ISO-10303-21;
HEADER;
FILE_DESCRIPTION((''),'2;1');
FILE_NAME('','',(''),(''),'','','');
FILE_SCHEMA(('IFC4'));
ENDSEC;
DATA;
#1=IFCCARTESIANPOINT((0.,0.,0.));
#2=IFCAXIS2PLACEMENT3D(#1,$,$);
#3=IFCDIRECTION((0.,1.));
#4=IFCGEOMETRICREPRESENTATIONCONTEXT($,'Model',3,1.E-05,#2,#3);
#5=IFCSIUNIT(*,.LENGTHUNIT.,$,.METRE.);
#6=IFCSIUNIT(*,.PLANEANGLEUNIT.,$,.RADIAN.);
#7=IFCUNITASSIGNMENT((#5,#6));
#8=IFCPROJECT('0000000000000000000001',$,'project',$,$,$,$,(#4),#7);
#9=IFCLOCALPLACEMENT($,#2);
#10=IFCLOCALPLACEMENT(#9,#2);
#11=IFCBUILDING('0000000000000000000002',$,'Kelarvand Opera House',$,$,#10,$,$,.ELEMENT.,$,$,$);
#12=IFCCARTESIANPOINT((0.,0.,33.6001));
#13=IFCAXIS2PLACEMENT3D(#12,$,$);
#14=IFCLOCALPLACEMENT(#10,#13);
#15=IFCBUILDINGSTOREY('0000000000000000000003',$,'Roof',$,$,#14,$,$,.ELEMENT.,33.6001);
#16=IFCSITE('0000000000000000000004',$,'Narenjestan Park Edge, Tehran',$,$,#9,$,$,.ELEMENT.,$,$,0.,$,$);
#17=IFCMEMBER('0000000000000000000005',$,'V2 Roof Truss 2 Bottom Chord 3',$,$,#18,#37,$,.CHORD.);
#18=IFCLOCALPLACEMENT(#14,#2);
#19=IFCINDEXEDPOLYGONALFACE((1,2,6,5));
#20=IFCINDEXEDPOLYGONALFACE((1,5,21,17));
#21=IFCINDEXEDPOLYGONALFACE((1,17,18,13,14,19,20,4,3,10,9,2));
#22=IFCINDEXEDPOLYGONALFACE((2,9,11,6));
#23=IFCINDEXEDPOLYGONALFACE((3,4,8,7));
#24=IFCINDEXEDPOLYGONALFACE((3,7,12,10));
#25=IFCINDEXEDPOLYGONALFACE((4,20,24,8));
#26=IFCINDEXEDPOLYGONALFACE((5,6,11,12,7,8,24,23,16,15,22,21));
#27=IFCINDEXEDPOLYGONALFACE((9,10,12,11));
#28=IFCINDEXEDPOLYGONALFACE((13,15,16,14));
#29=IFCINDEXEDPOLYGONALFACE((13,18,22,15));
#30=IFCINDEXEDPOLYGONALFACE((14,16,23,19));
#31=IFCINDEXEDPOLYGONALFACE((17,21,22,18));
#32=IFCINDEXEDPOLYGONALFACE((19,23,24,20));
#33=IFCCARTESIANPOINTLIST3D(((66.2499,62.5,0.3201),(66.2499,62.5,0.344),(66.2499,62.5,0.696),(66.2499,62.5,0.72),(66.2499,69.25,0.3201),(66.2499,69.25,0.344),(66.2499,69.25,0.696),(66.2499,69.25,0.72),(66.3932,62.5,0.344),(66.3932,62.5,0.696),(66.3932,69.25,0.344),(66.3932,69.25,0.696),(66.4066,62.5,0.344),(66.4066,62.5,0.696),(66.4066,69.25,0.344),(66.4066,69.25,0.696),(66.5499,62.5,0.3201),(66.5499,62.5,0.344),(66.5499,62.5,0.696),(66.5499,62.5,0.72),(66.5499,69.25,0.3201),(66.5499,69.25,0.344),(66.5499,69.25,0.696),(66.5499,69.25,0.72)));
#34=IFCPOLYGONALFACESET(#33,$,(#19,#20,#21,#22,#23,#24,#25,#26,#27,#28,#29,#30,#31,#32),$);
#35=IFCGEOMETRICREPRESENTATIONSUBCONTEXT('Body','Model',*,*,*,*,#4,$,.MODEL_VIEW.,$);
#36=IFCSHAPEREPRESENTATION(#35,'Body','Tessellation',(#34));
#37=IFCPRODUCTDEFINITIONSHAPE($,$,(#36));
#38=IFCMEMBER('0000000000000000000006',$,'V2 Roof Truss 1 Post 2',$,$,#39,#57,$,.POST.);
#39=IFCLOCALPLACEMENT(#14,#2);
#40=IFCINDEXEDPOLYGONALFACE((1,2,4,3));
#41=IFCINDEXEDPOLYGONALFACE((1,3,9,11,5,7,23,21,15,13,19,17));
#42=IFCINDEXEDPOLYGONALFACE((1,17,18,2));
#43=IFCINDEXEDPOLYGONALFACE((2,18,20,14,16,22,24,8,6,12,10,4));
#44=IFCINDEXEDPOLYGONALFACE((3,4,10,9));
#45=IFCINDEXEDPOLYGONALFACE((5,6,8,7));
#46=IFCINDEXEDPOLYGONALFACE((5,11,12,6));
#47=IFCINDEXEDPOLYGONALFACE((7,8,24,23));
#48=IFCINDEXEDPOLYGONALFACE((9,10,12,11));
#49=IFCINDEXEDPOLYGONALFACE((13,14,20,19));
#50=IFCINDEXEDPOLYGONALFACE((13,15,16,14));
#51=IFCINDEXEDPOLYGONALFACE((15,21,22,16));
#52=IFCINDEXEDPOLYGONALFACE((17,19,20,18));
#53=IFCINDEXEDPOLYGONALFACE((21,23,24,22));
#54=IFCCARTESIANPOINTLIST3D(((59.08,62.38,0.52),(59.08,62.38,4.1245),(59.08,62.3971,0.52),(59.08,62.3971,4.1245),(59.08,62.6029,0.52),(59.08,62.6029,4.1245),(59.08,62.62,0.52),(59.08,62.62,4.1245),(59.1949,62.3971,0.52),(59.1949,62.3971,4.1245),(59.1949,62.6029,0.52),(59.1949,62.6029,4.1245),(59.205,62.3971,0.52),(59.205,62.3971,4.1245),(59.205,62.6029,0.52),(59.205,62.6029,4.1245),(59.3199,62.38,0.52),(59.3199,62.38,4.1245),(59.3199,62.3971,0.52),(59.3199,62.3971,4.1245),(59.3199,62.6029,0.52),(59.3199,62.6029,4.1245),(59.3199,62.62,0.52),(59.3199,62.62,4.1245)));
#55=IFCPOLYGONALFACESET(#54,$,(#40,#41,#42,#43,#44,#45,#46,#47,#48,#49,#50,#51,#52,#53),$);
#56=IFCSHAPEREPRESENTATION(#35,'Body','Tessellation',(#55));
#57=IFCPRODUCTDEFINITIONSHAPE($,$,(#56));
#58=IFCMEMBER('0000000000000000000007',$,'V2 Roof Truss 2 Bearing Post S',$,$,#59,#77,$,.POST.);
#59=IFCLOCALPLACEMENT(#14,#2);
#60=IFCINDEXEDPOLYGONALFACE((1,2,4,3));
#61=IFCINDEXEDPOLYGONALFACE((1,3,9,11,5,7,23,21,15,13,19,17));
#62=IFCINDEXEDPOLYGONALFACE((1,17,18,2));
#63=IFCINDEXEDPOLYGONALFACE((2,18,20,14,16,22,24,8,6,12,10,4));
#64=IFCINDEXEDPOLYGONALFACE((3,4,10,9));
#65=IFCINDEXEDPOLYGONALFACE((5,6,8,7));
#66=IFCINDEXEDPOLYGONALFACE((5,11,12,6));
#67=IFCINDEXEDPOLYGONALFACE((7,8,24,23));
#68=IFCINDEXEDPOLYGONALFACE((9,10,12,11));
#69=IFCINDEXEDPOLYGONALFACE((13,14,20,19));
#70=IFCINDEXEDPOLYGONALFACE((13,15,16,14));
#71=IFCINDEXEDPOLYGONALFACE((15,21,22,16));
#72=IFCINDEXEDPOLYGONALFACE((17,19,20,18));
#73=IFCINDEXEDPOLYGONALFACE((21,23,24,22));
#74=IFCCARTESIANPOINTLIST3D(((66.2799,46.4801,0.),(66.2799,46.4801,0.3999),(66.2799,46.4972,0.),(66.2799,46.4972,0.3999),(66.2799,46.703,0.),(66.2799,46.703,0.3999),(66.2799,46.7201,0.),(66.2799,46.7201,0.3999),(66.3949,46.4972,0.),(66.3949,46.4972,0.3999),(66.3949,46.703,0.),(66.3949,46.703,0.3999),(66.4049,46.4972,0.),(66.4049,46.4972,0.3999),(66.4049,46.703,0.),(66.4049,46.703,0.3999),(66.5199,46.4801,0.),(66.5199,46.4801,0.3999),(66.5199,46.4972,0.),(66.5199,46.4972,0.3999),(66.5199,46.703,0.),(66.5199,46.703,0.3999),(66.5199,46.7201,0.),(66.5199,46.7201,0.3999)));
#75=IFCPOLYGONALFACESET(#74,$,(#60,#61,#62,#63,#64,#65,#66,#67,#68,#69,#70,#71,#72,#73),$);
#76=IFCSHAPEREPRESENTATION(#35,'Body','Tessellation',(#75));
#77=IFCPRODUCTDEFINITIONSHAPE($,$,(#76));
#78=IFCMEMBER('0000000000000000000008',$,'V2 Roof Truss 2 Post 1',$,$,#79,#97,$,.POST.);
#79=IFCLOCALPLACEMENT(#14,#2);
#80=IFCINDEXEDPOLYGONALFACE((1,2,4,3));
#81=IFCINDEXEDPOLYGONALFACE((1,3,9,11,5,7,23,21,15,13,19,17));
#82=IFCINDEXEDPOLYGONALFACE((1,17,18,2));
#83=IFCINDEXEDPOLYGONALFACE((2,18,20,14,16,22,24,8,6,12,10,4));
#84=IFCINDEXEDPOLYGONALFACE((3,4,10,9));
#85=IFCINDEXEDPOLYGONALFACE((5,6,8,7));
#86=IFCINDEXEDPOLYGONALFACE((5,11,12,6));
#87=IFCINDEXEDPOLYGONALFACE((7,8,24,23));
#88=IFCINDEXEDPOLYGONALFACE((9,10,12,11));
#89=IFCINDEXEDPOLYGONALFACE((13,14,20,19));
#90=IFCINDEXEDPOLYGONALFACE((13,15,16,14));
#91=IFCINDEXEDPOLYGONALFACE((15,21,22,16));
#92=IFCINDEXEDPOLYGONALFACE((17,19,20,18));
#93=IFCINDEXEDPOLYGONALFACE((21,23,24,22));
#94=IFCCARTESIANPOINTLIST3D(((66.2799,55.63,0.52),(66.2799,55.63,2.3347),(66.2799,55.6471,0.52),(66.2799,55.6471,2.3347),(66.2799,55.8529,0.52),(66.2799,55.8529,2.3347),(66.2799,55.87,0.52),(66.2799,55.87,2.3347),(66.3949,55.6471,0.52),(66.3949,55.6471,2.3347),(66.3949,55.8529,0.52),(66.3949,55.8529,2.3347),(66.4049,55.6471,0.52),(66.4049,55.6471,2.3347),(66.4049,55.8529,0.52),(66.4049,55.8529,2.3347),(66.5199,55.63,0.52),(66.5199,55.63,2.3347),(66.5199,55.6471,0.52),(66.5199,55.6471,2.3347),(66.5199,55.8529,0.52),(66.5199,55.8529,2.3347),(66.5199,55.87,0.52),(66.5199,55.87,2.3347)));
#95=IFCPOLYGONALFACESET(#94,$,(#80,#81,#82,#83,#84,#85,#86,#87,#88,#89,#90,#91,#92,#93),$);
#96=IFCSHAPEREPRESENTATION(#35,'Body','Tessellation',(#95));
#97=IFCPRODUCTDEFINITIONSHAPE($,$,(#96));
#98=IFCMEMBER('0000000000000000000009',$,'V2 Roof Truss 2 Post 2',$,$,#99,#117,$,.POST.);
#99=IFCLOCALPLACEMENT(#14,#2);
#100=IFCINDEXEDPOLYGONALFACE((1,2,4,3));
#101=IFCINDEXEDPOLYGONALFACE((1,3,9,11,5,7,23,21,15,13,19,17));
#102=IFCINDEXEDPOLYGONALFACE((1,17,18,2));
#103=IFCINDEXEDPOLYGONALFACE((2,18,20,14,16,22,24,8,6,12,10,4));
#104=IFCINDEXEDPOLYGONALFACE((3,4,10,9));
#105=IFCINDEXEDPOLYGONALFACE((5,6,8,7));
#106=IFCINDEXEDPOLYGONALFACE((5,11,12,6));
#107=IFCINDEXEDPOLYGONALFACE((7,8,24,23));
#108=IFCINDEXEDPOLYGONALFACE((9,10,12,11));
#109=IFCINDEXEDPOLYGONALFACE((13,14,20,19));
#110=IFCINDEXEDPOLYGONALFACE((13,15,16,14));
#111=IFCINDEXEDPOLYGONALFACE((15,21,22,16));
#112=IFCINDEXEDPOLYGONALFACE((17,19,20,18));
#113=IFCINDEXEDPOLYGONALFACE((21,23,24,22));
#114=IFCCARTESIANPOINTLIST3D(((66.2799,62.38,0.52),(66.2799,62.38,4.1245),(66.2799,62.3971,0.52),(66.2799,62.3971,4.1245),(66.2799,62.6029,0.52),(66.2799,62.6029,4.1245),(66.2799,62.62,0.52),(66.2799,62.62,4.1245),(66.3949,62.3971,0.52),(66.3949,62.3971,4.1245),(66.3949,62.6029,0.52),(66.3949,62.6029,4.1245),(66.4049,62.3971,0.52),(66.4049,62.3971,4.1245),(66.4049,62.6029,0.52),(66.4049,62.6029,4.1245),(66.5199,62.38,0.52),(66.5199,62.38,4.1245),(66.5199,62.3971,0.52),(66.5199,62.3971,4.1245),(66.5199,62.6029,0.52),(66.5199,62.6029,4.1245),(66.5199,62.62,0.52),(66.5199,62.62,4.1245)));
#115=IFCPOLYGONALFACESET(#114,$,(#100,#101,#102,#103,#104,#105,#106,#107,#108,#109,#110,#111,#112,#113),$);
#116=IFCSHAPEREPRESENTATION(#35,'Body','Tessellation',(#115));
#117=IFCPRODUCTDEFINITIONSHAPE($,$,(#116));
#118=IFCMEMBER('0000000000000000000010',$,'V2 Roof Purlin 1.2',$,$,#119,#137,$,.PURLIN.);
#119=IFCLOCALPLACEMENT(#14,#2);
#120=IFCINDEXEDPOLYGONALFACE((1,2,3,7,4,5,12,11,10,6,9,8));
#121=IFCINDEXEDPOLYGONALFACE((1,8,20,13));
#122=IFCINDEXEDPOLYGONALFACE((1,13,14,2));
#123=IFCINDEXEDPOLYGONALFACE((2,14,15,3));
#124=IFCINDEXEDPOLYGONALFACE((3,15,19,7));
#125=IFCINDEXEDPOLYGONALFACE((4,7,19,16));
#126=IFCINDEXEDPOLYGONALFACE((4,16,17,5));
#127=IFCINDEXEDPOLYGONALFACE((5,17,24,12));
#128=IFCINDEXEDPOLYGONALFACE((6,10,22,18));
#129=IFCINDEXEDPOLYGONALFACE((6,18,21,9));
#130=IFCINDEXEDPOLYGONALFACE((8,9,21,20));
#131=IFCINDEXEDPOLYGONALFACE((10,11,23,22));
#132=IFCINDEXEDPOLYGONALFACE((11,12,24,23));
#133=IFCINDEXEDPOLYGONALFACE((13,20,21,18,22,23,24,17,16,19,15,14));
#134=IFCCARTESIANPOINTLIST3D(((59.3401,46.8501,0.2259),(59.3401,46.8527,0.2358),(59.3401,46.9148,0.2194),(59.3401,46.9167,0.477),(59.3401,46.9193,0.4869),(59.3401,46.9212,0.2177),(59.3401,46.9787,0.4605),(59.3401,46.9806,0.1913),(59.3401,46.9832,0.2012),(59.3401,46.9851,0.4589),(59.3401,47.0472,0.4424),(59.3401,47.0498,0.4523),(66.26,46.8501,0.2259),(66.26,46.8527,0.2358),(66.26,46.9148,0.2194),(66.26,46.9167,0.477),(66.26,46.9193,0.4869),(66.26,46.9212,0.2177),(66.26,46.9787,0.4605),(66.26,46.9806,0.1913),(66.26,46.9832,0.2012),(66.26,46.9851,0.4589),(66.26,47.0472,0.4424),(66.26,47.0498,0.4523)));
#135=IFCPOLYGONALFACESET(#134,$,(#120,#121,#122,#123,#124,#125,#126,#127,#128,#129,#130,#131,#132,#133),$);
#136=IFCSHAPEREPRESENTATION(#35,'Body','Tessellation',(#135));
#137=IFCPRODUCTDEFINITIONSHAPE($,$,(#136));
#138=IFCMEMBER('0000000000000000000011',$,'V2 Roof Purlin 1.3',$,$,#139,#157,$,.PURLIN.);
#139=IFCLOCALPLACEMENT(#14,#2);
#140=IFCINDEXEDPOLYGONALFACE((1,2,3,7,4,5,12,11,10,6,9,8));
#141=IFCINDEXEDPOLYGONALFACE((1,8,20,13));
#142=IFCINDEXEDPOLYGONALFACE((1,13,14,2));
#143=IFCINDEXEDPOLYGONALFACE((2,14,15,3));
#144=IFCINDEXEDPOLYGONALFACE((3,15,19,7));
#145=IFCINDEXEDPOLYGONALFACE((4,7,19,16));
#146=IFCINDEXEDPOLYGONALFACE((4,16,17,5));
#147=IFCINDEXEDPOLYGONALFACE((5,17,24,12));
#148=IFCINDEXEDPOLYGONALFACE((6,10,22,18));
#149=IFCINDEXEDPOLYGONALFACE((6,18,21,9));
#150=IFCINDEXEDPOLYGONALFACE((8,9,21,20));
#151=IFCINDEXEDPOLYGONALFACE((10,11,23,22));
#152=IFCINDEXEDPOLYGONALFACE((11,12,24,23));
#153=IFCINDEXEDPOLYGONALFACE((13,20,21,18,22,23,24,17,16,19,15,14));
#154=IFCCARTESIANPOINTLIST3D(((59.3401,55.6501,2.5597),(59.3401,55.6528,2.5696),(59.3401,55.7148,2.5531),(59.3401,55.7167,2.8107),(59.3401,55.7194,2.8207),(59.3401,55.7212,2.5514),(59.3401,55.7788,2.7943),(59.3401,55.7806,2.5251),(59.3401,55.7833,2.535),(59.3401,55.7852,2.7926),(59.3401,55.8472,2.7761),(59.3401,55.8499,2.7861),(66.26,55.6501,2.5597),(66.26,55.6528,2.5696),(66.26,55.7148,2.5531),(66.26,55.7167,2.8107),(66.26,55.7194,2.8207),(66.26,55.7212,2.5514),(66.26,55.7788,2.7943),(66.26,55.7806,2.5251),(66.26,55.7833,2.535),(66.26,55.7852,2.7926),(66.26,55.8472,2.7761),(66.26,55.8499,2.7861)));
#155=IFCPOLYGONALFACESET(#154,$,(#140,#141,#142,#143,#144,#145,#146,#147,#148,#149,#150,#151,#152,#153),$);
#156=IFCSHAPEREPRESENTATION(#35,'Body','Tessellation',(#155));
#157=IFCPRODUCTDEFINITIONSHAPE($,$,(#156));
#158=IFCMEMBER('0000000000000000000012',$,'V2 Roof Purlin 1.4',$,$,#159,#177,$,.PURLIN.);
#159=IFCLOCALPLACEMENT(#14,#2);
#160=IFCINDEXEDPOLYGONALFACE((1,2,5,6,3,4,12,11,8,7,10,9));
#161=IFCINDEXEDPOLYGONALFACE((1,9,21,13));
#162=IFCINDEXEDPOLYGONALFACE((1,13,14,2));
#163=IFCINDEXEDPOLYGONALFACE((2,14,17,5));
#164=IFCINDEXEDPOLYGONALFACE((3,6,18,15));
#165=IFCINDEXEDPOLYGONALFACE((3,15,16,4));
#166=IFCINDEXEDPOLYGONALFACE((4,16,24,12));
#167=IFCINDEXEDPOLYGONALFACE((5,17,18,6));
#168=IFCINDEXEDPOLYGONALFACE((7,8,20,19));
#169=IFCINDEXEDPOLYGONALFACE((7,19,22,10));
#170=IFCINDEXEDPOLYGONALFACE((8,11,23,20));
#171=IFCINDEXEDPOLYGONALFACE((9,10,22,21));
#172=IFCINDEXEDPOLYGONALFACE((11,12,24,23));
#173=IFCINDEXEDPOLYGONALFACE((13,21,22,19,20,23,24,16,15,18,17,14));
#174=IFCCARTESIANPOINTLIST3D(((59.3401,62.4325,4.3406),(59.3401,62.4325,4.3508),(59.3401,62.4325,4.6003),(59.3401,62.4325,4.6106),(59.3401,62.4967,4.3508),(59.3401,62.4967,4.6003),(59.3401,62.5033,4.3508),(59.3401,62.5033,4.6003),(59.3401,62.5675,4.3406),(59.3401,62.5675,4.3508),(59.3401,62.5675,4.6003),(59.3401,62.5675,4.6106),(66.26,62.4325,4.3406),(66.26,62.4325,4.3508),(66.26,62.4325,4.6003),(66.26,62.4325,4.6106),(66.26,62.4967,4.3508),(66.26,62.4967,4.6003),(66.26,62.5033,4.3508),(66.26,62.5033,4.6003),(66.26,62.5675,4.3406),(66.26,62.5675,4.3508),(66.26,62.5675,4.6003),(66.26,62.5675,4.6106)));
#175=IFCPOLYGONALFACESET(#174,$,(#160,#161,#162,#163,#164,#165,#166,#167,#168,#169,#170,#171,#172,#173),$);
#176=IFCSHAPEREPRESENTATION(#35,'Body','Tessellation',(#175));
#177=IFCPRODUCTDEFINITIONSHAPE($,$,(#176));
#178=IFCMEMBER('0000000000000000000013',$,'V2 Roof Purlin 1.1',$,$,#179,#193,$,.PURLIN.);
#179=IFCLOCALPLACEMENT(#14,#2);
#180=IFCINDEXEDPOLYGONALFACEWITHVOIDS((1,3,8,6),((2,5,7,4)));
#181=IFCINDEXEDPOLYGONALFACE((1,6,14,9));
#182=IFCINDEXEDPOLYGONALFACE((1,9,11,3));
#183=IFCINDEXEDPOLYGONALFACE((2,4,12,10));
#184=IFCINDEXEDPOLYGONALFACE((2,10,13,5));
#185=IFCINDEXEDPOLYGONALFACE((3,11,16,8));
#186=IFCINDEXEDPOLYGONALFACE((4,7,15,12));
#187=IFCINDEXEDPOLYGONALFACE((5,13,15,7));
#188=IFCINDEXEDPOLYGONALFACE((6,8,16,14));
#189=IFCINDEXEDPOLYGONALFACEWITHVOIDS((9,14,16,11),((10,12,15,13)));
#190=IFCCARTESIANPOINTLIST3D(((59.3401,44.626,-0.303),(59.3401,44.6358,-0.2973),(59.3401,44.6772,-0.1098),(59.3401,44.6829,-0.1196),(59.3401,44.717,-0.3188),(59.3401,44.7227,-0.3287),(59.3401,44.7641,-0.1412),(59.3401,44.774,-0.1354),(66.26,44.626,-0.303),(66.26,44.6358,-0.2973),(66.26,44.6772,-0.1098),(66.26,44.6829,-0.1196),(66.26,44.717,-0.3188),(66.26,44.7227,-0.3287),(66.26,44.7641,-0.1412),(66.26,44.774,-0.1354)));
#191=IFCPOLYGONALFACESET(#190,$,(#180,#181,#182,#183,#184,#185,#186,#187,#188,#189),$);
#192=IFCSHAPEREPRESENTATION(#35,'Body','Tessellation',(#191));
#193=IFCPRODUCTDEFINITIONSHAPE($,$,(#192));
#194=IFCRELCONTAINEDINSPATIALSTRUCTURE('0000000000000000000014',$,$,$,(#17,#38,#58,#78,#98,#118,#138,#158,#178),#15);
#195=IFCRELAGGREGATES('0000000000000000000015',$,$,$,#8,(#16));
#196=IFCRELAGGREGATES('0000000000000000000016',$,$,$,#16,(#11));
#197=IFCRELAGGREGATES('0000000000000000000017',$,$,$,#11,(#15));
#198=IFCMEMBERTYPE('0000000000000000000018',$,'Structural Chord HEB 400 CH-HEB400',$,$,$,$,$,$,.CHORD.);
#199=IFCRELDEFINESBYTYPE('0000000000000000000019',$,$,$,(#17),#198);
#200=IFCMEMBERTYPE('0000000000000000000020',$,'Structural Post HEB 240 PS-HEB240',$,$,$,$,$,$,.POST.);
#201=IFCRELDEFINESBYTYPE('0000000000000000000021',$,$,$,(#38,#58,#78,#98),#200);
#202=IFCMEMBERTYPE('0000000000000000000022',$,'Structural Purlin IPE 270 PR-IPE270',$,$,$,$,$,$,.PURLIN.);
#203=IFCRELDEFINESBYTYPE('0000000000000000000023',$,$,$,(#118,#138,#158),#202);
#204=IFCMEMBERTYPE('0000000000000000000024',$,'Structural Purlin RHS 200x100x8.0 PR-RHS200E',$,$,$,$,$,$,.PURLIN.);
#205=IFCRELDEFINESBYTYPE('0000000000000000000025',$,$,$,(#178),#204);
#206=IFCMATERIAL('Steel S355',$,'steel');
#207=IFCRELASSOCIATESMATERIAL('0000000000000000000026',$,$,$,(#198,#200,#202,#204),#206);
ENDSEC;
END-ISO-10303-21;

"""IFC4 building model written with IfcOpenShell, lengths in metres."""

from ifc_helpers import new_model, si_unit, direction, frame, origin, origin_2d, place, context, subcontext, project, spatial, hollow_rectangle, i_section, extrude, material, material_profile, profile_set, type_object, element, save


model = new_model("IFC4")

# Units and contexts
model_context = context("Model", 3, precision=1e-05, world=origin(), true_north=direction((0.0, 1.0)))
body_context = subcontext(model_context, "Body", "Model", "MODEL_VIEW")
ifc_project = project(units=[si_unit("LENGTHUNIT", "METRE"), si_unit("PLANEANGLEUNIT", "RADIAN")], contexts=[model_context])

# Site, building, storey
site_placement = place(None, origin())
site = spatial("IfcSite", under=ifc_project, at=site_placement, Name="Narenjestan Park Edge, Tehran", CompositionType="ELEMENT", RefElevation=0.0)
building_placement = place(site_placement, origin())
building = spatial("IfcBuilding", under=site, at=building_placement, Name="Kelarvand Opera House", CompositionType="ELEMENT")
storey_placement = place(building_placement, frame((0.0, 0.0, 33.6001)))
storey = spatial("IfcBuildingStorey", under=building, at=storey_placement, Name="Roof", CompositionType="ELEMENT", Elevation=33.6001)

# Members
ifc_material_1 = material(Name="Steel S355", Category="steel")
ifc_material_profile_1 = material_profile(ifc_material_1, i_section(OverallWidth=0.3, OverallDepth=0.3999, WebThickness=0.0134, FlangeThickness=0.0239, at=origin_2d()), Name="HEB 400", Category="steel")
ifc_profile_set_1 = profile_set([ifc_material_profile_1], Name="Steel S355")
member_type_1 = type_object("IfcMemberType", Name="Structural Chord HEB 400 CH-HEB400", PredefinedType="CHORD", material=ifc_profile_set_1)
for number, where, z_axis, x_axis, name in (
    (1, (66.3999, 62.5, 0.52), (0.0, 1.0, 0.0), (-1.0, 0.0, 0.0), "V2 Roof Truss 2 Bottom Chord 3"),
):
    element("IfcMember", number, at=place(storey_placement, frame(where, z_axis=z_axis, x_axis=x_axis)), inside=storey, type_object=member_type_1, Name=name, PredefinedType="CHORD", context=body_context, shape_type="SweptSolid", body=[
        extrude(i_section(OverallWidth=0.3, OverallDepth=0.3999, WebThickness=0.0134, FlangeThickness=0.0239, at=origin_2d()), origin(), (0.0, 0.0, 1.0), 6.75),
    ])
ifc_material_profile_2 = material_profile(ifc_material_1, i_section(OverallWidth=0.24, OverallDepth=0.24, WebThickness=0.01, FlangeThickness=0.0171, at=origin_2d()), Name="HEB 240", Category="steel")
ifc_profile_set_2 = profile_set([ifc_material_profile_2], Name="Steel S355")
member_type_2 = type_object("IfcMemberType", Name="Structural Post HEB 240 PS-HEB240", PredefinedType="POST", material=ifc_profile_set_2)
member_1_placement = place(storey_placement, frame((59.2, 62.5, 0.52), z_axis=(0.0, 0.0, 1.0), x_axis=(1.0, 0.0, 0.0)))
element("IfcMember", 2, at=member_1_placement, inside=storey, type_object=member_type_2, Name="V2 Roof Truss 1 Post 2", PredefinedType="POST", context=body_context, shape_type="SweptSolid", body=[
    extrude(i_section(OverallWidth=0.24, OverallDepth=0.24, WebThickness=0.01, FlangeThickness=0.0171, at=origin_2d()), origin(), (0.0, 0.0, 1.0), 3.6045),
])
member_2_placement = place(storey_placement, frame((66.3999, 46.6001, 0.0), z_axis=(0.0, 0.0, 1.0), x_axis=(1.0, 0.0, 0.0)))
element("IfcMember", 3, at=member_2_placement, inside=storey, type_object=member_type_2, Name="V2 Roof Truss 2 Bearing Post S", PredefinedType="POST", context=body_context, shape_type="SweptSolid", body=[
    extrude(i_section(OverallWidth=0.24, OverallDepth=0.24, WebThickness=0.01, FlangeThickness=0.0171, at=origin_2d()), origin(), (0.0, 0.0, 1.0), 0.3999),
])
member_3_placement = place(storey_placement, frame((66.3999, 55.75, 0.52), z_axis=(0.0, 0.0, 1.0), x_axis=(1.0, 0.0, 0.0)))
element("IfcMember", 4, at=member_3_placement, inside=storey, type_object=member_type_2, Name="V2 Roof Truss 2 Post 1", PredefinedType="POST", context=body_context, shape_type="SweptSolid", body=[
    extrude(i_section(OverallWidth=0.24, OverallDepth=0.24, WebThickness=0.01, FlangeThickness=0.0171, at=origin_2d()), origin(), (0.0, 0.0, 1.0), 1.8147),
])
member_4_placement = place(storey_placement, frame((66.3999, 62.5, 0.52), z_axis=(0.0, 0.0, 1.0), x_axis=(1.0, 0.0, 0.0)))
element("IfcMember", 5, at=member_4_placement, inside=storey, type_object=member_type_2, Name="V2 Roof Truss 2 Post 2", PredefinedType="POST", context=body_context, shape_type="SweptSolid", body=[
    extrude(i_section(OverallWidth=0.24, OverallDepth=0.24, WebThickness=0.01, FlangeThickness=0.0171, at=origin_2d()), origin(), (0.0, 0.0, 1.0), 3.6045),
])
ifc_material_profile_3 = material_profile(ifc_material_1, i_section(OverallWidth=0.135, OverallDepth=0.27, WebThickness=0.0066, FlangeThickness=0.0103, at=origin_2d()), Name="IPE 270", Category="steel")
ifc_profile_set_3 = profile_set([ifc_material_profile_3], Name="Steel S355")
member_type_3 = type_object("IfcMemberType", Name="Structural Purlin IPE 270 PR-IPE270", PredefinedType="PURLIN", material=ifc_profile_set_3)
for number, where, z_axis, x_axis, name in (
    (6, (59.3401, 46.95, 0.3391), (1.0, 0.0, 0.0), (0.0, 0.9666, -0.256289), "V2 Roof Purlin 1.2"),
    (7, (59.3401, 55.75, 2.6729), (1.0, 0.0, 0.0), (0.0, 0.9666, -0.256289), "V2 Roof Purlin 1.3"),
    (8, (59.3401, 62.5, 4.4756), (1.0, 0.0, 0.0), (0.0, 1.0, 0.0), "V2 Roof Purlin 1.4"),
):
    element("IfcMember", number, at=place(storey_placement, frame(where, z_axis=z_axis, x_axis=x_axis)), inside=storey, type_object=member_type_3, Name=name, PredefinedType="PURLIN", context=body_context, shape_type="SweptSolid", body=[
        extrude(i_section(OverallWidth=0.135, OverallDepth=0.27, WebThickness=0.0066, FlangeThickness=0.0103, at=origin_2d()), origin(), (0.0, 0.0, 1.0), 6.9199),
    ])
ifc_material_profile_4 = material_profile(ifc_material_1, hollow_rectangle(XDim=0.1001, YDim=0.2, WallThickness=0.0081, at=origin_2d()), Name="RHS 200x100x8.0", Category="steel")
ifc_profile_set_4 = profile_set([ifc_material_profile_4], Name="Steel S355")
member_type_4 = type_object("IfcMemberType", Name="Structural Purlin RHS 200x100x8.0 PR-RHS200E", PredefinedType="PURLIN", material=ifc_profile_set_4)
member_5_placement = place(storey_placement, frame((59.3401, 44.7, -0.2192), z_axis=(1.0, 0.0, 0.0), x_axis=(0.0, 0.9666, -0.256289)))
element("IfcMember", 9, at=member_5_placement, inside=storey, type_object=member_type_4, Name="V2 Roof Purlin 1.1", PredefinedType="PURLIN", context=body_context, shape_type="SweptSolid", body=[
    extrude(hollow_rectangle(XDim=0.1001, YDim=0.2, WallThickness=0.0081, at=origin_2d()), origin(), (0.0, 0.0, 1.0), 6.9199),
])

save(model, "model.ifc")
